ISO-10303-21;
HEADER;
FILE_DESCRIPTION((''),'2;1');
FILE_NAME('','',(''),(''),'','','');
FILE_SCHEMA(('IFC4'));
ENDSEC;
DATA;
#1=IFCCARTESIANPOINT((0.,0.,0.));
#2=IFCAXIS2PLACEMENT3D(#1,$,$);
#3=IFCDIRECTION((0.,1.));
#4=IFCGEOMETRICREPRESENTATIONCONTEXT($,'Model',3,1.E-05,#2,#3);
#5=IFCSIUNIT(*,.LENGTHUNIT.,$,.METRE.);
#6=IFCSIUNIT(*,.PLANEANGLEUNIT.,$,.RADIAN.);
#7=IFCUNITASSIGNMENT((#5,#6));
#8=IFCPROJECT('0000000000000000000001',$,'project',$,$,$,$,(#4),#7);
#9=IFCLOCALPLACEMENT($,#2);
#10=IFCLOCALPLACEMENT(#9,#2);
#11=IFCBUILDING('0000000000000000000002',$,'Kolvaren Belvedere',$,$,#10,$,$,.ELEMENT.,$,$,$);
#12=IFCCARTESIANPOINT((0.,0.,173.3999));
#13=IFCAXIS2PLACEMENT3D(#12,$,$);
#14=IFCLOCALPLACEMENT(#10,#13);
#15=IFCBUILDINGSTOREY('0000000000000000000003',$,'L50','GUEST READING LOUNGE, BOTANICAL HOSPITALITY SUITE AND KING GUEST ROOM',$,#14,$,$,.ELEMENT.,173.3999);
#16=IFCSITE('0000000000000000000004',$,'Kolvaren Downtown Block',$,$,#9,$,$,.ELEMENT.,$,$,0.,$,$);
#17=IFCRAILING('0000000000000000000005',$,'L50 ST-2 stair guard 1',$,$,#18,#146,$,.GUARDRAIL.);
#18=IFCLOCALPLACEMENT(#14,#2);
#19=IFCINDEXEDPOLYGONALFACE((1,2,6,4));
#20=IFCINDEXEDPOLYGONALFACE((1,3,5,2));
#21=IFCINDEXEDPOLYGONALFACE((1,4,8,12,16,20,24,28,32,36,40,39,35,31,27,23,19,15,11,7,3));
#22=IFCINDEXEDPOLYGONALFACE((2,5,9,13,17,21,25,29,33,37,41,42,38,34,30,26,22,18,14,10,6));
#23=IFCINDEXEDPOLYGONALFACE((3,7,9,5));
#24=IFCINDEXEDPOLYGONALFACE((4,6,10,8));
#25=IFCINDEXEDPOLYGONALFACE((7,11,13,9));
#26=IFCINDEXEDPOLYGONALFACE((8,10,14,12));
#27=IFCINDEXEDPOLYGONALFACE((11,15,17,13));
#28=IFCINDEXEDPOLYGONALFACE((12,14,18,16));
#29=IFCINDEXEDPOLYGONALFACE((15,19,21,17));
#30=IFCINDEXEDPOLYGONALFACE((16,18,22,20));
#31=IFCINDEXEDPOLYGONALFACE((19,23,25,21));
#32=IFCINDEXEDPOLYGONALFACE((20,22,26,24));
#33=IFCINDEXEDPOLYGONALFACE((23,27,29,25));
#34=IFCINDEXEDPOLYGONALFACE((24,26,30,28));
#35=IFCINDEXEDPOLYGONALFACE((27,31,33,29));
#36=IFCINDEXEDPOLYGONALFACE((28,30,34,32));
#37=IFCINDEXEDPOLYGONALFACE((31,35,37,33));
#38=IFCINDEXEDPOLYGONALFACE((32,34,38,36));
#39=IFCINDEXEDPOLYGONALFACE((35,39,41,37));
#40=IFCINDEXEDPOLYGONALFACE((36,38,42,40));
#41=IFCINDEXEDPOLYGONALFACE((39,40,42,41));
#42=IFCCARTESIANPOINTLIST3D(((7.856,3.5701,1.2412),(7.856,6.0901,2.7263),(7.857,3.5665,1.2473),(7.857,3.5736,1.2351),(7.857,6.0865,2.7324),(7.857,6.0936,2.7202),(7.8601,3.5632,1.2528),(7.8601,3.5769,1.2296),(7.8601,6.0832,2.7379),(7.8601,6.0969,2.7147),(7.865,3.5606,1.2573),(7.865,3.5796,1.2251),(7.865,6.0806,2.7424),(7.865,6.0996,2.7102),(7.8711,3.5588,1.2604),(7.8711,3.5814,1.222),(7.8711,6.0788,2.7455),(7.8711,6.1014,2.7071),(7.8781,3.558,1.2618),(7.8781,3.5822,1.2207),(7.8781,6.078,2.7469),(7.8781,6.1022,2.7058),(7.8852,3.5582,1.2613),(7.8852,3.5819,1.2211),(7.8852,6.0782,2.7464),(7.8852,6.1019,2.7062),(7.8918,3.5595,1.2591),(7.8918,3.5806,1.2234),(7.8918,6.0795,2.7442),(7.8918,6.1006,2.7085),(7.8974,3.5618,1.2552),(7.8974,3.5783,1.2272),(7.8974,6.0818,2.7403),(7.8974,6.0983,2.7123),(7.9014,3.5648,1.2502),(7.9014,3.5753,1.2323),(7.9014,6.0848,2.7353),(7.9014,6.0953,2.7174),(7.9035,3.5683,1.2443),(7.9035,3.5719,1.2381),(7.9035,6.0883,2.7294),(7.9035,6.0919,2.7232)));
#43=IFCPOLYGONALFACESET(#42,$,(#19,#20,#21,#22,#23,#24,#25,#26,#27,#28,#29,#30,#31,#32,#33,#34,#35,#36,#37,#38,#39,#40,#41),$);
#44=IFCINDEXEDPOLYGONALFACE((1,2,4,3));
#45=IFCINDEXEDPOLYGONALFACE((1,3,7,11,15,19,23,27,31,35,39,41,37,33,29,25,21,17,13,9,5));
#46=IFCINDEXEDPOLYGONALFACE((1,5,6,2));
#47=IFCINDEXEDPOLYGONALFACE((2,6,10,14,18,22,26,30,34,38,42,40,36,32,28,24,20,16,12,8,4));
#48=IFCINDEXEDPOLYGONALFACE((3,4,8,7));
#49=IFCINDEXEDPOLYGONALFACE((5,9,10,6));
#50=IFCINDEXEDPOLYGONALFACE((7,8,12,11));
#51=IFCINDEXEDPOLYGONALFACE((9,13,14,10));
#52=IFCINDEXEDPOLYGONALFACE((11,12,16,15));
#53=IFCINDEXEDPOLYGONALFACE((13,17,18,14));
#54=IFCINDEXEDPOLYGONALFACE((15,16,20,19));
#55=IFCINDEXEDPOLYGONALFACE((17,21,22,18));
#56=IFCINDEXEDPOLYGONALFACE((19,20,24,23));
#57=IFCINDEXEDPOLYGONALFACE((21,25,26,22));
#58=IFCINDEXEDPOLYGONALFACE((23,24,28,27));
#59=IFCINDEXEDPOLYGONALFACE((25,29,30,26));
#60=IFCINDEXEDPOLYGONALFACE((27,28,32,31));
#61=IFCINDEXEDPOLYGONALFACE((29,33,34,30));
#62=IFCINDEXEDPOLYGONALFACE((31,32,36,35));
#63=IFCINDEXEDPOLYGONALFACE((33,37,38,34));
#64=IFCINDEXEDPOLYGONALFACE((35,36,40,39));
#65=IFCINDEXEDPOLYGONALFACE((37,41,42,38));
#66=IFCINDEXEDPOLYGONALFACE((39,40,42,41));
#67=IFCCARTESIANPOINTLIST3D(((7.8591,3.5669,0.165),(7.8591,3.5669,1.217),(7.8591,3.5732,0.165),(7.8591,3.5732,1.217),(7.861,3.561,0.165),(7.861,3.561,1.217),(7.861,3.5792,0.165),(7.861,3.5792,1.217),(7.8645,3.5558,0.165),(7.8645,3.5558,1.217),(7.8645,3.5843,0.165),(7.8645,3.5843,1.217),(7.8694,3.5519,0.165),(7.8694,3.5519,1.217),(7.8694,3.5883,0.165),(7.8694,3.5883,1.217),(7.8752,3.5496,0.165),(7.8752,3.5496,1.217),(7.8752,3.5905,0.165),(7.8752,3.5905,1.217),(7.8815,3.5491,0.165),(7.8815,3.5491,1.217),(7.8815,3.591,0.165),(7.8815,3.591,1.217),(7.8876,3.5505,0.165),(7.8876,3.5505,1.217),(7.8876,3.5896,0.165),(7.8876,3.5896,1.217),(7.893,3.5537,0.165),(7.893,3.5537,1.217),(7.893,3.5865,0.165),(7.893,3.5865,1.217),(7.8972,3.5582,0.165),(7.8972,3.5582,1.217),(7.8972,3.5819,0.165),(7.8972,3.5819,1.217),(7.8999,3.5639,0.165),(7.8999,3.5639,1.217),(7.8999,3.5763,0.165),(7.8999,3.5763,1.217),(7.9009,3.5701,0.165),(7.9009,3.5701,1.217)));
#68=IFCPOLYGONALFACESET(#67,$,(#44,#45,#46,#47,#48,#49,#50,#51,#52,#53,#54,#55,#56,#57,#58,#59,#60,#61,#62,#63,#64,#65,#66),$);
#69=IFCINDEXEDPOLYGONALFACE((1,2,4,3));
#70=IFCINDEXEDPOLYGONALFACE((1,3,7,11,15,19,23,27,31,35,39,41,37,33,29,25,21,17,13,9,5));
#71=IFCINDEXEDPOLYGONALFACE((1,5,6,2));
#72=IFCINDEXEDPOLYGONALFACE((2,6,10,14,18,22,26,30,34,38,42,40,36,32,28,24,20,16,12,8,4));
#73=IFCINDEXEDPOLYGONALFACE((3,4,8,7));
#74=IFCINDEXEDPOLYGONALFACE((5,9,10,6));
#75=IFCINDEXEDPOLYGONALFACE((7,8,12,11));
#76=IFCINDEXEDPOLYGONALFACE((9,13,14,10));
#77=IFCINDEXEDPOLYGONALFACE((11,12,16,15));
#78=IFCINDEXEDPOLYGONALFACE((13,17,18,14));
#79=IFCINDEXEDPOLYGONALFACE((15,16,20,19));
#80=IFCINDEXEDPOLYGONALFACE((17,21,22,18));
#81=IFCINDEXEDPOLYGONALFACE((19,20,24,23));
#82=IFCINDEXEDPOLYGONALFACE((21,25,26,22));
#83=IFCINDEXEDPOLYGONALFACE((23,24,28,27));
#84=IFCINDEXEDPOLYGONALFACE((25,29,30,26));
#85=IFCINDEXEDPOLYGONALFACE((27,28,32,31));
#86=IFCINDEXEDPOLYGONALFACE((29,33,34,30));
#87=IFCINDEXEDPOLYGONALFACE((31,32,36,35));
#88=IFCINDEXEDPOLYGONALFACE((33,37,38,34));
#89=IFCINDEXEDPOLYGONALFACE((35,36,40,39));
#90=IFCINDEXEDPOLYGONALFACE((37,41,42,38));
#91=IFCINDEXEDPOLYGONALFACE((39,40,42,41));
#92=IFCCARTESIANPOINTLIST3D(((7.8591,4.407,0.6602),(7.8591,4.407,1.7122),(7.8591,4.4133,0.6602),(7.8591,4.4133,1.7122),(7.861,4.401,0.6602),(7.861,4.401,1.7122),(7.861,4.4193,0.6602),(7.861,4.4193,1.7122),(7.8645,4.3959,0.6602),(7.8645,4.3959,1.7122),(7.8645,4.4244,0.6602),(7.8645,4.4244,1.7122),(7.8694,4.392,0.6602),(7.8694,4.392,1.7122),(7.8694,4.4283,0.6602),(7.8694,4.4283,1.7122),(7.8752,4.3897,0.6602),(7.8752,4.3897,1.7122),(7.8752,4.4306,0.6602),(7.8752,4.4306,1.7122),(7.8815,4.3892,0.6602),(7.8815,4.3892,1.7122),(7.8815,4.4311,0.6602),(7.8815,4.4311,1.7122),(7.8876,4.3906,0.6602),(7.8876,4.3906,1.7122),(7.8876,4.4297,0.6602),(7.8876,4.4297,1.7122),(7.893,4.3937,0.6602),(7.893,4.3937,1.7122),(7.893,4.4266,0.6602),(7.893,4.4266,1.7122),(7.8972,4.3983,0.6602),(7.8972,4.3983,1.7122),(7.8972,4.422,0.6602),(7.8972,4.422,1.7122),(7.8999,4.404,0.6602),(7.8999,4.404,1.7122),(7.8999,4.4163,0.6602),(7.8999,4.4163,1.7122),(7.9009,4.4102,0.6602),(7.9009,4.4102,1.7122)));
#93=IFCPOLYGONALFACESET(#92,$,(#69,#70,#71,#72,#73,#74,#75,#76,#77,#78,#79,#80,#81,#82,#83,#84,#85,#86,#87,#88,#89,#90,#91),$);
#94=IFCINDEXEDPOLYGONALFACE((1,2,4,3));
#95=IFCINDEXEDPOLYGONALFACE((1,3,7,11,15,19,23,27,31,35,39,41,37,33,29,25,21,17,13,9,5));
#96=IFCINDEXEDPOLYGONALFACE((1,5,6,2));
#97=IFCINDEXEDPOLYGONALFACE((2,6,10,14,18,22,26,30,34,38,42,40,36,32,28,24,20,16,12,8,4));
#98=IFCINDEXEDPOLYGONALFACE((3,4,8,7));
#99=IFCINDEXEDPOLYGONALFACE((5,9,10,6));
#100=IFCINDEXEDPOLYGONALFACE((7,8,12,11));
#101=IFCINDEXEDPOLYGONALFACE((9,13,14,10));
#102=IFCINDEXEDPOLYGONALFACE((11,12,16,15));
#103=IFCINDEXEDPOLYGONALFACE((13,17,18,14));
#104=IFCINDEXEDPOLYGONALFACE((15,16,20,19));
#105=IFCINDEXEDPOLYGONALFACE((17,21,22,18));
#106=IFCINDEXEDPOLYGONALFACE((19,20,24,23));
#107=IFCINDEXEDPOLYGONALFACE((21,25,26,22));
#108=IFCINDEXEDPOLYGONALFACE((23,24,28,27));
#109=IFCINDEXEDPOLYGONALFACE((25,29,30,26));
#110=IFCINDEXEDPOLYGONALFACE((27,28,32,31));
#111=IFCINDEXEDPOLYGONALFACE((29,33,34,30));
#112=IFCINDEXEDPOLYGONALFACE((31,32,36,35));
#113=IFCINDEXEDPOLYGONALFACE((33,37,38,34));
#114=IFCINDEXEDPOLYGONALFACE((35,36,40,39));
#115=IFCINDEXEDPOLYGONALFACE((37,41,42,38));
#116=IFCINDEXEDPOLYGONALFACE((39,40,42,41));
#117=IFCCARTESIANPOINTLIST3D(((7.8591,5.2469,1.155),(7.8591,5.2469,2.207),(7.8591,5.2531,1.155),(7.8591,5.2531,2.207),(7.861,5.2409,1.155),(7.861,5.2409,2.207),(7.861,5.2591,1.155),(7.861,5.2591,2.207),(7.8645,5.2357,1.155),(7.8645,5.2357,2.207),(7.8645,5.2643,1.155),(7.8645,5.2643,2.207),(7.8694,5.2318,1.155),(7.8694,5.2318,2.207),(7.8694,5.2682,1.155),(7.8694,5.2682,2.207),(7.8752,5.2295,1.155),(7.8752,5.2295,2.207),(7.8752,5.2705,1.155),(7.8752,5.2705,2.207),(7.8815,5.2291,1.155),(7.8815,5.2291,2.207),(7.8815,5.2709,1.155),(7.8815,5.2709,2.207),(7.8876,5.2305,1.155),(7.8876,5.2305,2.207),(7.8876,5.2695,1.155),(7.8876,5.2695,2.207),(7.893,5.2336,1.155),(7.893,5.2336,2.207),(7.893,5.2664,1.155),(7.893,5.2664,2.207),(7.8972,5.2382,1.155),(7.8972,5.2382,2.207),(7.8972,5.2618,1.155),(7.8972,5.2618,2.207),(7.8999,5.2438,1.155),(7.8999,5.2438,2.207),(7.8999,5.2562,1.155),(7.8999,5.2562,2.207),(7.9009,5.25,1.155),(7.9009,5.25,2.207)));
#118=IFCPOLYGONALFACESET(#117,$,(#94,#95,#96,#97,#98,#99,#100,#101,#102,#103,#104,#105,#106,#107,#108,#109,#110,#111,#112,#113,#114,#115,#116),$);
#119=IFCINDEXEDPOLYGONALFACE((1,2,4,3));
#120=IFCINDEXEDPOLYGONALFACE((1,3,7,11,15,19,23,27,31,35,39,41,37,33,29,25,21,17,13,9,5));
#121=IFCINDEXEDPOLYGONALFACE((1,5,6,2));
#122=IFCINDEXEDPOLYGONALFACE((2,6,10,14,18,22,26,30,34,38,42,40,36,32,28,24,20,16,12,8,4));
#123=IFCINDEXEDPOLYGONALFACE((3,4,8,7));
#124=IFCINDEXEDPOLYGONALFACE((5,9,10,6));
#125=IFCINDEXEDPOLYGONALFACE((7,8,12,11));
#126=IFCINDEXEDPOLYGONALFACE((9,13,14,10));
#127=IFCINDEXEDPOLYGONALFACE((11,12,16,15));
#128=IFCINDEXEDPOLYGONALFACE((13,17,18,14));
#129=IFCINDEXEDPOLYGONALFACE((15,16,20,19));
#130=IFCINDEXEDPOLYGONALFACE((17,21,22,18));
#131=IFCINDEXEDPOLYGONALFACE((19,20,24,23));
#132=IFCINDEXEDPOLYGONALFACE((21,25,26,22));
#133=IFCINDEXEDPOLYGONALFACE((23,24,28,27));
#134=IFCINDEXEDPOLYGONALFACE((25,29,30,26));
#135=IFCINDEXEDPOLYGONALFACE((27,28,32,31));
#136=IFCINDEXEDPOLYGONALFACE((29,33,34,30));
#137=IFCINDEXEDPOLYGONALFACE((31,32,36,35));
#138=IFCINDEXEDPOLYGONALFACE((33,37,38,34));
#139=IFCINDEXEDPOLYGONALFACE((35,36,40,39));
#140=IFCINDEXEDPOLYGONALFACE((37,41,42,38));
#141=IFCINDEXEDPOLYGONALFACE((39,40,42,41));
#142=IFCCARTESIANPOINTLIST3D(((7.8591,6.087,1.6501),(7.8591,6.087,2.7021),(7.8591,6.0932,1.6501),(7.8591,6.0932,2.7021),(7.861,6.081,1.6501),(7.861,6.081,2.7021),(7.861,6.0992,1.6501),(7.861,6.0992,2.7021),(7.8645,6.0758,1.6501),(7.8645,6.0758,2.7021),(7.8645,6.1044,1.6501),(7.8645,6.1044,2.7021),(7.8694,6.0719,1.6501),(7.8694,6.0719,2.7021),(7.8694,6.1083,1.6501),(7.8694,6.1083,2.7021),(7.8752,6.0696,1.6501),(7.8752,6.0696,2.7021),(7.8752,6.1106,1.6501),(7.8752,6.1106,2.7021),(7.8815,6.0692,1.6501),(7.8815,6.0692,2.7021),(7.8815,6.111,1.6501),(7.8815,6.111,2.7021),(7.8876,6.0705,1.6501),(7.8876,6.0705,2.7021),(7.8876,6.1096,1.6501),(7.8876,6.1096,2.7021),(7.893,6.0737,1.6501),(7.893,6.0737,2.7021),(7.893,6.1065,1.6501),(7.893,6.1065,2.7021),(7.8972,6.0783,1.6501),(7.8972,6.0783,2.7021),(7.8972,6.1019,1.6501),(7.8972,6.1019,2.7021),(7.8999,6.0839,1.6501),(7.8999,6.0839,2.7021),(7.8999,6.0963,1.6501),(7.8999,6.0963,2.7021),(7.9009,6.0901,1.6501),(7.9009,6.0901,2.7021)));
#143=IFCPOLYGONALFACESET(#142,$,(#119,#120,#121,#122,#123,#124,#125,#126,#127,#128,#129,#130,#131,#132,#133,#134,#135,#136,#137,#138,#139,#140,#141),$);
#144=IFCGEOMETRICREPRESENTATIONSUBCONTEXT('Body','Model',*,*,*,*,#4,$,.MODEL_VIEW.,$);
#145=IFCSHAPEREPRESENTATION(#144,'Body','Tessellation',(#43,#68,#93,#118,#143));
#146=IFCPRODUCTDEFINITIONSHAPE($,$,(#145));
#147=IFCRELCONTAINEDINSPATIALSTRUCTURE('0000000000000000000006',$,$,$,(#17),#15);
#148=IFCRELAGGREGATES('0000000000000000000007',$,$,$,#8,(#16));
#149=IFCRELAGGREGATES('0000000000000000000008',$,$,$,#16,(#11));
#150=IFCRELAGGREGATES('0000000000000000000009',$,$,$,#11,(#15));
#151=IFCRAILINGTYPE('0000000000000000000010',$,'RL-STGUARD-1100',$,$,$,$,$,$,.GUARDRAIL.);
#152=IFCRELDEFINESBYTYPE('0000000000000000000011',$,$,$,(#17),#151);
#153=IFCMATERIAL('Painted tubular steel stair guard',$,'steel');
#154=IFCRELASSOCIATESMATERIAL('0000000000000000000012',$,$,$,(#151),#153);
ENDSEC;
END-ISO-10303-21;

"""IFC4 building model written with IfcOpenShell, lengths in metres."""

from ifc_helpers import new_model, si_unit, direction, frame, origin, origin_2d, place, context, subcontext, project, spatial, circle, extrude, material, type_object, element, save


model = new_model("IFC4")

# Units and contexts
model_context = context("Model", 3, precision=1e-05, world=origin(), true_north=direction((0.0, 1.0)))
body_context = subcontext(model_context, "Body", "Model", "MODEL_VIEW")
ifc_project = project(units=[si_unit("LENGTHUNIT", "METRE"), si_unit("PLANEANGLEUNIT", "RADIAN")], contexts=[model_context])

# Site, building, storey
site_placement = place(None, origin())
site = spatial("IfcSite", under=ifc_project, at=site_placement, Name="Kolvaren Downtown Block", CompositionType="ELEMENT", RefElevation=0.0)
building_placement = place(site_placement, origin())
building = spatial("IfcBuilding", under=site, at=building_placement, Name="Kolvaren Belvedere", CompositionType="ELEMENT")
storey_placement = place(building_placement, frame((0.0, 0.0, 173.3999)))
storey = spatial("IfcBuildingStorey", under=building, at=storey_placement, Name="L50", Description="GUEST READING LOUNGE, BOTANICAL HOSPITALITY SUITE AND KING GUEST ROOM", CompositionType="ELEMENT", Elevation=173.3999)

# Railing
ifc_material_1 = material(Name="Painted tubular steel stair guard", Category="steel")
railing_type_1 = type_object("IfcRailingType", Name="RL-STGUARD-1100", PredefinedType="GUARDRAIL", material=ifc_material_1)
railing_1_placement = place(storey_placement, frame((7.8799, 3.5701, 0.165)))
element("IfcRailing", 1, at=railing_1_placement, inside=storey, type_object=railing_type_1, Name="L50 ST-2 stair guard 1", PredefinedType="GUARDRAIL", context=body_context, shape_type="SweptSolid", body=[
    extrude(circle(Radius=0.0239, at=origin_2d()), frame((0.0, 0.0, 1.0762), z_axis=(0.0, 0.861524, 0.507717), x_axis=(-1.0, 0.0, 0.0)), (0.0, 0.0, 1.0), 2.925),
    extrude(circle(Radius=0.021, at=origin_2d()), origin(), (0.0, 0.0, 1.0), 1.052),
    extrude(circle(Radius=0.021, at=origin_2d()), frame((0.0, 0.8401, 0.4951)), (0.0, 0.0, 1.0), 1.052),
    extrude(circle(Radius=0.021, at=origin_2d()), frame((0.0, 1.6799, 0.99)), (0.0, 0.0, 1.0), 1.052),
    extrude(circle(Radius=0.021, at=origin_2d()), frame((0.0, 2.52, 1.4851)), (0.0, 0.0, 1.0), 1.052),
])

save(model, "model.ifc")
